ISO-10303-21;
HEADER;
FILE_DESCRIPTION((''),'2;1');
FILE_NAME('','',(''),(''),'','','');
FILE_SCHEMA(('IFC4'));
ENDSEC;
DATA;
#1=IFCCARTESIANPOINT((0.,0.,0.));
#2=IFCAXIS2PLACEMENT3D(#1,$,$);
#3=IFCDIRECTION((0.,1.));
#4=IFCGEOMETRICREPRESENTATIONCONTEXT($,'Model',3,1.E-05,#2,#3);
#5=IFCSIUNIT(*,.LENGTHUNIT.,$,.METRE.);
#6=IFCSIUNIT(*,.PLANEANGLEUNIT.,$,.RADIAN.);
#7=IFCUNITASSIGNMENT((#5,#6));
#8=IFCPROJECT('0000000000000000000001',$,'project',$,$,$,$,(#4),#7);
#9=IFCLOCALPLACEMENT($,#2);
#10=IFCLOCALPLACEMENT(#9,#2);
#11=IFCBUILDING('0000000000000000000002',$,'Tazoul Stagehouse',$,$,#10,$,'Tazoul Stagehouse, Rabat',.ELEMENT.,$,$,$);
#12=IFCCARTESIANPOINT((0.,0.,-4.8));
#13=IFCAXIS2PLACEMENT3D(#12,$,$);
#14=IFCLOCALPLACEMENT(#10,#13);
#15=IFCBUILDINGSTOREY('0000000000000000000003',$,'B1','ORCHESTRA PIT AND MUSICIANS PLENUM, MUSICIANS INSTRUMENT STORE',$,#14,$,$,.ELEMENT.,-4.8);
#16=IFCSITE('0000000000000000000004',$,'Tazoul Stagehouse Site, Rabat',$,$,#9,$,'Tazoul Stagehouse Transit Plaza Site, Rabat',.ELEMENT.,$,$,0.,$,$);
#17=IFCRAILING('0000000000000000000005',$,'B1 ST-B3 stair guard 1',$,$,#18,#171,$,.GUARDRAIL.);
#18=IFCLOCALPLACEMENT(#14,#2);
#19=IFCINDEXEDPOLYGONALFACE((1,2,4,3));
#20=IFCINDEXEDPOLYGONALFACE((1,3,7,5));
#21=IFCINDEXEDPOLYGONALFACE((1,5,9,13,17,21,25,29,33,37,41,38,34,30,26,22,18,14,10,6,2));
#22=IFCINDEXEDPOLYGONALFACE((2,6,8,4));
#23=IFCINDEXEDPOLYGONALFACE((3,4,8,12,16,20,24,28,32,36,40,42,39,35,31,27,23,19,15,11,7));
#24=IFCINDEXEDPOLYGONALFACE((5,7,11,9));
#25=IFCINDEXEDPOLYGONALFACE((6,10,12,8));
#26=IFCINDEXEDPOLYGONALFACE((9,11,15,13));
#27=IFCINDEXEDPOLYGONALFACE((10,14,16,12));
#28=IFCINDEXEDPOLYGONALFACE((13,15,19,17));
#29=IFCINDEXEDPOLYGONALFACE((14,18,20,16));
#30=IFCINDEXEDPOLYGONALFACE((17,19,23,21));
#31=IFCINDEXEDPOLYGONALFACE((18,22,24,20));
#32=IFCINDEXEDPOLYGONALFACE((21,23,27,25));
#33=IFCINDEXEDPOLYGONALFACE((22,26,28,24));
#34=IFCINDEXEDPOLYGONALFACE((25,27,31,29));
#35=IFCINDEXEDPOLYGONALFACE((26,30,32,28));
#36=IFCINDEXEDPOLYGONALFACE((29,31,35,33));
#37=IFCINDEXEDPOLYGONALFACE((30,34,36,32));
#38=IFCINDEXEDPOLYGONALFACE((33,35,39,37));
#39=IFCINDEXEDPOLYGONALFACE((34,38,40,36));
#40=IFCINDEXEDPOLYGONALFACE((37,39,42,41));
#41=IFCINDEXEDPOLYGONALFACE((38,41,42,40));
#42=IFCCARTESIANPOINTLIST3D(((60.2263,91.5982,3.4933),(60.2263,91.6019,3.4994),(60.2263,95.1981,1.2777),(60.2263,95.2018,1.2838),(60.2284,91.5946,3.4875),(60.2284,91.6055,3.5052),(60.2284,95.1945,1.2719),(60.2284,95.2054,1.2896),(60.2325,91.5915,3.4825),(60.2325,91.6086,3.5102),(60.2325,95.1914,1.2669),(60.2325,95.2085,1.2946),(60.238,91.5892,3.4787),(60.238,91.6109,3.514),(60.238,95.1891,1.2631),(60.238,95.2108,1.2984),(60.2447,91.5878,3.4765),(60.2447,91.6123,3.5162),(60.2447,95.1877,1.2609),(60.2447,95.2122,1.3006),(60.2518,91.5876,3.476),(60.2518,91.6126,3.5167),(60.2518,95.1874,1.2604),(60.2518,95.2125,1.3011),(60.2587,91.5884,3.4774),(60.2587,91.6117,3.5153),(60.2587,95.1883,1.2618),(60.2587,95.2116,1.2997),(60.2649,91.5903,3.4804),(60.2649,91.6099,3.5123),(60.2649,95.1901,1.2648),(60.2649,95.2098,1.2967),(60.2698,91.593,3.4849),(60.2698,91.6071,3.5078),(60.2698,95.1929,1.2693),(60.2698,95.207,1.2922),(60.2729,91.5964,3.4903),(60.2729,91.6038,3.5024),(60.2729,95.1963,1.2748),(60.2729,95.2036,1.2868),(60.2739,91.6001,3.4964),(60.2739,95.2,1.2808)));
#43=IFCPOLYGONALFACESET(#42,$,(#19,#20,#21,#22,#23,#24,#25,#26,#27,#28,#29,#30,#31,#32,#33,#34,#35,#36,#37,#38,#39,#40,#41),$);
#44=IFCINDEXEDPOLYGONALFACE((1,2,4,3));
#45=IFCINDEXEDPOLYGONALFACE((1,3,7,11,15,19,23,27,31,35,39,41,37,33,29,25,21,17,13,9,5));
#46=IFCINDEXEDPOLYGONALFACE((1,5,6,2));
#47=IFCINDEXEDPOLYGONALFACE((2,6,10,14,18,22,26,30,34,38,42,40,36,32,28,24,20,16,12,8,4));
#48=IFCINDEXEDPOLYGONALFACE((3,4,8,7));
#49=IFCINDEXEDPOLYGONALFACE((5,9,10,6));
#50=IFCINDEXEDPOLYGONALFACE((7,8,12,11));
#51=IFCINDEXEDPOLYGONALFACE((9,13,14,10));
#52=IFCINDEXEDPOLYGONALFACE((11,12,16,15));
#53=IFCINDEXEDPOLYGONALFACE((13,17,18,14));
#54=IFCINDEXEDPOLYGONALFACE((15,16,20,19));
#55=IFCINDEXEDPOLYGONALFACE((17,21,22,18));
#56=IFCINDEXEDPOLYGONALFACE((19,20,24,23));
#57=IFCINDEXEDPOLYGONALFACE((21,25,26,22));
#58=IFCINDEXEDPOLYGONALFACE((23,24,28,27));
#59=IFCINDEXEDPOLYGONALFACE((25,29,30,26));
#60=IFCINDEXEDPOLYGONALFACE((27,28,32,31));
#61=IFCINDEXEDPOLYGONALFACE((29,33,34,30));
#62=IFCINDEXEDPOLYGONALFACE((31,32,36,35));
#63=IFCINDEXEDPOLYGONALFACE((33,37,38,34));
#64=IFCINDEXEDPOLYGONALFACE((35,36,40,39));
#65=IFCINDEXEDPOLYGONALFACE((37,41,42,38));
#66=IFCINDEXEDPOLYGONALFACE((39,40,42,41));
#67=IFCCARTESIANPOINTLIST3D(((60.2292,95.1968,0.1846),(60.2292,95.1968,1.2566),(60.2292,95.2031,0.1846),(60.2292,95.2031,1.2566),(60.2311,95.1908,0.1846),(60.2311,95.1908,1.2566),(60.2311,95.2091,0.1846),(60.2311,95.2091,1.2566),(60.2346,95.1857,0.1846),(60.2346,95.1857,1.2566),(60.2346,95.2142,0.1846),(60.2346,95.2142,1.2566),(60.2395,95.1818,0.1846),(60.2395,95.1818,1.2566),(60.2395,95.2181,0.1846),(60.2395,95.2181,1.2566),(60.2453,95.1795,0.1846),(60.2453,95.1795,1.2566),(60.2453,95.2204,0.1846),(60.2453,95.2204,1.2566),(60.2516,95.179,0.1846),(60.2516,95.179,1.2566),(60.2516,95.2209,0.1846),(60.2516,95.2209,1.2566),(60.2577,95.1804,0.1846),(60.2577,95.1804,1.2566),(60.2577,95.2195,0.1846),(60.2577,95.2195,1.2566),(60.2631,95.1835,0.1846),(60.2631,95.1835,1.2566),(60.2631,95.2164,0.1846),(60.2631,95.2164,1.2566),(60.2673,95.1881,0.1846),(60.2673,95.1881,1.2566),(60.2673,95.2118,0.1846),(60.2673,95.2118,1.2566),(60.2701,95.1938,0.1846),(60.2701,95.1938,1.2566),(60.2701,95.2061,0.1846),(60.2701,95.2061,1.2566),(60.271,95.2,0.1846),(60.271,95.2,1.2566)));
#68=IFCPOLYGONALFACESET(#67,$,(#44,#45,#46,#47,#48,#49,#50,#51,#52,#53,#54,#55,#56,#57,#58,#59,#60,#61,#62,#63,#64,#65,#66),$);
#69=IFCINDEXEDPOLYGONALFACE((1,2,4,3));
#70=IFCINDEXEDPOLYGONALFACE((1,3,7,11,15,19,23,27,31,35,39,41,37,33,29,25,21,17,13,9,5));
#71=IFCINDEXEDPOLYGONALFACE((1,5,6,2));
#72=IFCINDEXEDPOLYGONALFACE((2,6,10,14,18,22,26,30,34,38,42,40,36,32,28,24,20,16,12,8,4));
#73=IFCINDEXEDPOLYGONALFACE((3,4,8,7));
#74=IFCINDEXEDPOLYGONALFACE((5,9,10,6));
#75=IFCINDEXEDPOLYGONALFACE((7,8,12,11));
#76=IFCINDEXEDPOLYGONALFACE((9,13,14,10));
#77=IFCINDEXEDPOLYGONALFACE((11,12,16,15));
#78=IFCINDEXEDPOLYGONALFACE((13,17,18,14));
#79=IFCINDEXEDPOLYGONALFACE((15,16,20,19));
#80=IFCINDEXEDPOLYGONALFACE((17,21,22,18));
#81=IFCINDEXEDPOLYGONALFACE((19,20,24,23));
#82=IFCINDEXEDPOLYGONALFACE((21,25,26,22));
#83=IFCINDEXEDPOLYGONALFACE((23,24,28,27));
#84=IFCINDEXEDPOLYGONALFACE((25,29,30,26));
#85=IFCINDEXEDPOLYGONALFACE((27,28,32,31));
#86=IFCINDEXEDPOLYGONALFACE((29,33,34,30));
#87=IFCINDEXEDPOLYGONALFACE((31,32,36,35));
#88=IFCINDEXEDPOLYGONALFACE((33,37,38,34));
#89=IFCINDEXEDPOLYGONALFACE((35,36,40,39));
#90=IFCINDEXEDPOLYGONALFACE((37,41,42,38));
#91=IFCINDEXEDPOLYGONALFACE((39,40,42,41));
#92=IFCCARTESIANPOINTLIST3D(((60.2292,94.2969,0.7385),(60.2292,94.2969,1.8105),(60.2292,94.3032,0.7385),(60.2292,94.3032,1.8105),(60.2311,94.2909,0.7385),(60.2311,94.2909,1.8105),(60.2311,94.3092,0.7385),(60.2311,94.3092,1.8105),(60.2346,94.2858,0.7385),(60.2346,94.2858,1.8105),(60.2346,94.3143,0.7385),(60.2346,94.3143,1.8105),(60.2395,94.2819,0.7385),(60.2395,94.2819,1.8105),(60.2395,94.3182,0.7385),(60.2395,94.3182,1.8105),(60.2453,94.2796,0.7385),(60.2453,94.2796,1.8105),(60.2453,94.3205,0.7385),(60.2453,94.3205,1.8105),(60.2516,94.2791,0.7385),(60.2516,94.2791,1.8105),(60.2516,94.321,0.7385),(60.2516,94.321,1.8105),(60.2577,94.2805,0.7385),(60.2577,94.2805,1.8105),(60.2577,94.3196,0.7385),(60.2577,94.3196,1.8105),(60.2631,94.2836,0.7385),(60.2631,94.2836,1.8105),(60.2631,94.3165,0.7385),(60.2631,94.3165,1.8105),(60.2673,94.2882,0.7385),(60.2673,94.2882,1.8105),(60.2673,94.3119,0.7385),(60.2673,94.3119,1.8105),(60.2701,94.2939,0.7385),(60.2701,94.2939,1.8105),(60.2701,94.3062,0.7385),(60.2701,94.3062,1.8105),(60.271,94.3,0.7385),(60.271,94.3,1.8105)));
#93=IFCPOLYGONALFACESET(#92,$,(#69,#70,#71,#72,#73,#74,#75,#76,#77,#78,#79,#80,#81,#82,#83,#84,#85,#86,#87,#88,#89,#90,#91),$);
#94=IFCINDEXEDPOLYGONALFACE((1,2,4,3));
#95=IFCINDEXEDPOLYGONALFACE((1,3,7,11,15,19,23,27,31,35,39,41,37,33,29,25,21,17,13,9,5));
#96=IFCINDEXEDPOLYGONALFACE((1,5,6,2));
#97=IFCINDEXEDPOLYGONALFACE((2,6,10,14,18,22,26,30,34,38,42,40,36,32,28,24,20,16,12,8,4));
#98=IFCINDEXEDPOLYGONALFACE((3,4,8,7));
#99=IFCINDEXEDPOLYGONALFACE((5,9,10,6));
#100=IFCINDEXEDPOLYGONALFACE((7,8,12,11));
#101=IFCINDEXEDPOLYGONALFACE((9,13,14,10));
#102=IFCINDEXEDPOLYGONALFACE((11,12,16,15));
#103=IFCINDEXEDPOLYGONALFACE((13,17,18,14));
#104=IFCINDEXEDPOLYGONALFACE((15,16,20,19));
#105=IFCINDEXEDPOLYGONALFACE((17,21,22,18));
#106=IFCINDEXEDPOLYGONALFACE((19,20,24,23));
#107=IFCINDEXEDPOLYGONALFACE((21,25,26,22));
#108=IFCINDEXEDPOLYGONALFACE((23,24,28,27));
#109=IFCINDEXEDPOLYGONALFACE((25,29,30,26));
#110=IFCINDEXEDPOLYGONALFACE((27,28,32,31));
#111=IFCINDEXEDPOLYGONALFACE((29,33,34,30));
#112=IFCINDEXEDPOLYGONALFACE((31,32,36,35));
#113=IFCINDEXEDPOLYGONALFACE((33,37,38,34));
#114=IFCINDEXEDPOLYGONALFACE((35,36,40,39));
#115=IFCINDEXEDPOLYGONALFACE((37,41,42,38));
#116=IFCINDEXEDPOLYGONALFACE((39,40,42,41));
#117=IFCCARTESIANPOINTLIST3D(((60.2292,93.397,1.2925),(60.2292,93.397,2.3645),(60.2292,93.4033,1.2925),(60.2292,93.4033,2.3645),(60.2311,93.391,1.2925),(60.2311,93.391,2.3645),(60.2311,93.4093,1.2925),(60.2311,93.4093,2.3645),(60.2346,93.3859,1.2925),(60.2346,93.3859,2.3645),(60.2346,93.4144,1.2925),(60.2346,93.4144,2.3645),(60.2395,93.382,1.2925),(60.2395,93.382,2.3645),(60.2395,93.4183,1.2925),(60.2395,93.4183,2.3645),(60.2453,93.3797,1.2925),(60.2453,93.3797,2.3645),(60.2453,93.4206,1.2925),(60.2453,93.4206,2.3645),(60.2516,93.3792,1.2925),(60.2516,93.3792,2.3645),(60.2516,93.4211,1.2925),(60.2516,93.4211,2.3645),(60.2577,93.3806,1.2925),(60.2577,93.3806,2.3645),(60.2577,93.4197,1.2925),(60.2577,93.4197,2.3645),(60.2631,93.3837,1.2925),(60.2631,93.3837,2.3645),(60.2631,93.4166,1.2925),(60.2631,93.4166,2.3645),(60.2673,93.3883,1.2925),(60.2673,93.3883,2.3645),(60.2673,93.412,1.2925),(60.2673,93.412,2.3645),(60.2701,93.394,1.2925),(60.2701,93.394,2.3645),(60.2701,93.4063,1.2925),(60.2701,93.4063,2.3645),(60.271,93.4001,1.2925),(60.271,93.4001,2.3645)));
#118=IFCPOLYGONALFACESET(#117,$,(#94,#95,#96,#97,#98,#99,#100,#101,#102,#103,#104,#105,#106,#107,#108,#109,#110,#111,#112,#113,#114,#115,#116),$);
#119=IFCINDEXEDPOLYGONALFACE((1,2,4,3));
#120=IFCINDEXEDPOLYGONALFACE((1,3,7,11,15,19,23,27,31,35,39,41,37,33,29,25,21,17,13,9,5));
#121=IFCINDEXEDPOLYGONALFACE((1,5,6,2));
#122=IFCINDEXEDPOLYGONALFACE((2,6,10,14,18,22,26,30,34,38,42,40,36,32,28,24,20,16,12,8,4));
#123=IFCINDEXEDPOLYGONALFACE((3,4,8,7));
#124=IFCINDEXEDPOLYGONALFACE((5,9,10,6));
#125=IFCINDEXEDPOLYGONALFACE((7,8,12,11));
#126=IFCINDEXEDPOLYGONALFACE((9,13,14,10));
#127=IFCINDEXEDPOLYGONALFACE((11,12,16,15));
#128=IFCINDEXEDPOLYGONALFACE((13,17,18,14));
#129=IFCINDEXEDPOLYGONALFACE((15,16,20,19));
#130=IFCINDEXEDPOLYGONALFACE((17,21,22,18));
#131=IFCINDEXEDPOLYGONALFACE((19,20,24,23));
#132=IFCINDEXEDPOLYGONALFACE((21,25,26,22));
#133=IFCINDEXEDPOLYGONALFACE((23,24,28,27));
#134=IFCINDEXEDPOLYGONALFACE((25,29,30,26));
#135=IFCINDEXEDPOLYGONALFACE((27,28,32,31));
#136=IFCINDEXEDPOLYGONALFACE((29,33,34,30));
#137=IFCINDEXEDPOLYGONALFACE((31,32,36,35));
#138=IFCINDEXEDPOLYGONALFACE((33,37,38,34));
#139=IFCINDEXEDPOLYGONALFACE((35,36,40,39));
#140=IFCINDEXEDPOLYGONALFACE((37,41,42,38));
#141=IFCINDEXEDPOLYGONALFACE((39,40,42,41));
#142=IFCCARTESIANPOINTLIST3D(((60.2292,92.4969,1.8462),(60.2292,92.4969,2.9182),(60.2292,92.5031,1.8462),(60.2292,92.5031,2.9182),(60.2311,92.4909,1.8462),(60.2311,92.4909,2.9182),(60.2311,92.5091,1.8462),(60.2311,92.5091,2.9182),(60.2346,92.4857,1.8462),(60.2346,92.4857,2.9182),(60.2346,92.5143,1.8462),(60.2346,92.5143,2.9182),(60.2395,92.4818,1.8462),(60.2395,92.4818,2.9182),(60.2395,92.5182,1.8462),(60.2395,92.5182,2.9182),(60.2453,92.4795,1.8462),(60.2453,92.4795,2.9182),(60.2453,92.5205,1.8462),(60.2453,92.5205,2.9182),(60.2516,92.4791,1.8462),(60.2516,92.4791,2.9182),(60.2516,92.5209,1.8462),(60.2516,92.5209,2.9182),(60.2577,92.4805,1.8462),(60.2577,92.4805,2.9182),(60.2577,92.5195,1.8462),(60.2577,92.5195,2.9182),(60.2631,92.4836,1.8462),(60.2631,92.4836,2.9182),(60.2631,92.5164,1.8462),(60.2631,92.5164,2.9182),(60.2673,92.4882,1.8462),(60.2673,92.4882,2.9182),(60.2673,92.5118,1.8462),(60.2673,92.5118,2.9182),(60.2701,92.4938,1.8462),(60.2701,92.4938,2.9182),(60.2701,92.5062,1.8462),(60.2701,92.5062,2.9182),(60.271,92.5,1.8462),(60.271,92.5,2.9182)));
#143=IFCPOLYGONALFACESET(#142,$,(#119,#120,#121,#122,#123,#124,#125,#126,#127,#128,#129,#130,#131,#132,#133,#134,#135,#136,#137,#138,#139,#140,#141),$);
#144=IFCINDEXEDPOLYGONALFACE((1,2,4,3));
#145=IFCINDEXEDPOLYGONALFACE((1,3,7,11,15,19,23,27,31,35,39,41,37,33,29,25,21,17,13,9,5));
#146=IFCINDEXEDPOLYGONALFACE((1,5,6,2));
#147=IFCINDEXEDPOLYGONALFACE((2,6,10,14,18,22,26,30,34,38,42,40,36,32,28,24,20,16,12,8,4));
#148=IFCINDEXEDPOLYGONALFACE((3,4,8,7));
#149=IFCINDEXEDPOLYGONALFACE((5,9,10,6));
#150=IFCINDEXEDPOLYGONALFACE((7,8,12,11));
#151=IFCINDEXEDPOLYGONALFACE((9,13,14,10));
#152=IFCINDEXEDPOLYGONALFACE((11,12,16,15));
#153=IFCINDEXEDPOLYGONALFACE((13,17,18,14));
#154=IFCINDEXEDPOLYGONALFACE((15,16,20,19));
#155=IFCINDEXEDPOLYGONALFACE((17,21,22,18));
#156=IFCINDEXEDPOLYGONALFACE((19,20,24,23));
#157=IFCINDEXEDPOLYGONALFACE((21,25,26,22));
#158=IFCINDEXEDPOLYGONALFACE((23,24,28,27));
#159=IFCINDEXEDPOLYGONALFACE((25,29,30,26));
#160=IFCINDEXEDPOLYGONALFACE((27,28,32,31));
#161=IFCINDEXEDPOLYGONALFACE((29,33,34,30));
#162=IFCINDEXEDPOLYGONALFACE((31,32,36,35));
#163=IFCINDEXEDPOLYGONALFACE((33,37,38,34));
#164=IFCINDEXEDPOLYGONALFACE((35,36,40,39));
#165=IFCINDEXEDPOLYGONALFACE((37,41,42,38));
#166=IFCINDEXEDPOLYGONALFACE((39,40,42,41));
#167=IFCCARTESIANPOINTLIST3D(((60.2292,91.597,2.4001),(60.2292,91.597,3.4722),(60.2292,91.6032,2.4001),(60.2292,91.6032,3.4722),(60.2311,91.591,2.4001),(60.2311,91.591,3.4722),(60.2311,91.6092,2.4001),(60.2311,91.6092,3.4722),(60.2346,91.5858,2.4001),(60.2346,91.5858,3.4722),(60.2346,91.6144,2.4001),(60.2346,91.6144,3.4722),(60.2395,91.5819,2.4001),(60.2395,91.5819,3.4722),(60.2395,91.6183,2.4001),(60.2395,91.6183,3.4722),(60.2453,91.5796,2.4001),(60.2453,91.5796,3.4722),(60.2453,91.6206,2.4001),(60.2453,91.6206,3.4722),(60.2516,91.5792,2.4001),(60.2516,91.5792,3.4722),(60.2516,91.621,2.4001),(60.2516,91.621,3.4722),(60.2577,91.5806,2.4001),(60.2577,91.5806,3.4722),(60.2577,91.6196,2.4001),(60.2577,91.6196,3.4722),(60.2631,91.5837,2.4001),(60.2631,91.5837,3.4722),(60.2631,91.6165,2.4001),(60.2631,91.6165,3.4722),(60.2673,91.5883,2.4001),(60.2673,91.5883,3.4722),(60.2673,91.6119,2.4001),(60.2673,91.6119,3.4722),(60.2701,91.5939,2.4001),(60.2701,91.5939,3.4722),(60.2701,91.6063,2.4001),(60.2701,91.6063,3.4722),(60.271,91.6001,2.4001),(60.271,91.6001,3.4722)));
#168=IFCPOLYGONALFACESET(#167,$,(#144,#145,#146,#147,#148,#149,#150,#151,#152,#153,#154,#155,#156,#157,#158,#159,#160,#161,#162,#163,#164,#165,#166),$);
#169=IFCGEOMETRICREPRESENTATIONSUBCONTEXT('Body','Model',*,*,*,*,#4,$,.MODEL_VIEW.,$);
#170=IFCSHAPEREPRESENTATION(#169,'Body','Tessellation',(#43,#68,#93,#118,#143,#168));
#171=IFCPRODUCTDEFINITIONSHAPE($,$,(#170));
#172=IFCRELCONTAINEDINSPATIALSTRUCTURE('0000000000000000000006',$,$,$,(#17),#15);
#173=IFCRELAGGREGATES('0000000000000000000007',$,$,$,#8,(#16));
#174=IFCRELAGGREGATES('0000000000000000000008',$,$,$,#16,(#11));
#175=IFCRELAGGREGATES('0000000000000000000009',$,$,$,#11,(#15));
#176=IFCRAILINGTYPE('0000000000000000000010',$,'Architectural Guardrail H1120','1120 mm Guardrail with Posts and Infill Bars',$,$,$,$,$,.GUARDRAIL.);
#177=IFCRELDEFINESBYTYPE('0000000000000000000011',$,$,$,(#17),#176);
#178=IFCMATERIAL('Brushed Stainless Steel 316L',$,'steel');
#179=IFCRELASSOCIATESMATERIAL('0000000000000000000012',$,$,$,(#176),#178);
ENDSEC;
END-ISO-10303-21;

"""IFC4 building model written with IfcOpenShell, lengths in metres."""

from ifc_helpers import new_model, si_unit, direction, frame, origin, origin_2d, place, context, subcontext, project, spatial, circle, extrude, material, material_profile, profile_set, type_object, element, save


model = new_model("IFC4")

# Units and contexts
model_context = context("Model", 3, precision=1e-05, world=origin(), true_north=direction((0.0, 1.0)))
body_context = subcontext(model_context, "Body", "Model", "MODEL_VIEW")
ifc_project = project(units=[si_unit("LENGTHUNIT", "METRE"), si_unit("PLANEANGLEUNIT", "RADIAN")], contexts=[model_context])

# Site, building, storey
site_placement = place(None, origin())
site = spatial("IfcSite", under=ifc_project, at=site_placement, Name="Tazoul Stagehouse Site, Rabat", LongName="Tazoul Stagehouse Transit Plaza Site, Rabat", CompositionType="ELEMENT", RefElevation=0.0)
building_placement = place(site_placement, origin())
building = spatial("IfcBuilding", under=site, at=building_placement, Name="Tazoul Stagehouse", LongName="Tazoul Stagehouse, Rabat", CompositionType="ELEMENT")
storey_placement = place(building_placement, frame((0.0, 0.0, -4.8)))
storey = spatial("IfcBuildingStorey", under=building, at=storey_placement, Name="B1", Description="ORCHESTRA PIT AND MUSICIANS PLENUM, MUSICIANS INSTRUMENT STORE", CompositionType="ELEMENT", Elevation=-4.8)

# Railing
ifc_material_1 = material(Name="Brushed Stainless Steel 316L", Category="steel")
ifc_material_profile_1 = material_profile(ifc_material_1, circle(Radius=0.0239, at=origin_2d()), Name="SS RAIL D48")
ifc_profile_set_1 = profile_set([ifc_material_profile_1], Name="Brushed Stainless Steel 316L")
railing_type_1 = type_object("IfcRailingType", Name="Architectural Guardrail H1120", Description="1120 mm Guardrail with Posts and Infill Bars", PredefinedType="GUARDRAIL", material=ifc_profile_set_1)
railing_1_placement = place(storey_placement, frame((60.25, 95.2, 0.1846)))
element("IfcRailing", 1, at=railing_1_placement, inside=storey, type_object=railing_type_1, Name="B1 ST-B3 stair guard 1", PredefinedType="GUARDRAIL", context=body_context, shape_type="SweptSolid", body=[
    extrude(circle(Radius=0.0239, at=origin_2d()), frame((0.0, 0.0, 1.0962), z_axis=(0.0, -0.851629, 0.524146), x_axis=(1.0, 0.0, 0.0)), (0.0, 0.0, 1.0), 4.2271),
    extrude(circle(Radius=0.021, at=origin_2d()), origin(), (0.0, 0.0, 1.0), 1.072),
    extrude(circle(Radius=0.021, at=origin_2d()), frame((0.0, -0.8999, 0.554)), (0.0, 0.0, 1.0), 1.072),
    extrude(circle(Radius=0.021, at=origin_2d()), frame((0.0, -1.7998, 1.1079)), (0.0, 0.0, 1.0), 1.072),
    extrude(circle(Radius=0.021, at=origin_2d()), frame((0.0, -2.7, 1.6616)), (0.0, 0.0, 1.0), 1.072),
    extrude(circle(Radius=0.021, at=origin_2d()), frame((0.0, -3.5999, 2.2156)), (0.0, 0.0, 1.0), 1.072),
])

save(model, "model.ifc")
